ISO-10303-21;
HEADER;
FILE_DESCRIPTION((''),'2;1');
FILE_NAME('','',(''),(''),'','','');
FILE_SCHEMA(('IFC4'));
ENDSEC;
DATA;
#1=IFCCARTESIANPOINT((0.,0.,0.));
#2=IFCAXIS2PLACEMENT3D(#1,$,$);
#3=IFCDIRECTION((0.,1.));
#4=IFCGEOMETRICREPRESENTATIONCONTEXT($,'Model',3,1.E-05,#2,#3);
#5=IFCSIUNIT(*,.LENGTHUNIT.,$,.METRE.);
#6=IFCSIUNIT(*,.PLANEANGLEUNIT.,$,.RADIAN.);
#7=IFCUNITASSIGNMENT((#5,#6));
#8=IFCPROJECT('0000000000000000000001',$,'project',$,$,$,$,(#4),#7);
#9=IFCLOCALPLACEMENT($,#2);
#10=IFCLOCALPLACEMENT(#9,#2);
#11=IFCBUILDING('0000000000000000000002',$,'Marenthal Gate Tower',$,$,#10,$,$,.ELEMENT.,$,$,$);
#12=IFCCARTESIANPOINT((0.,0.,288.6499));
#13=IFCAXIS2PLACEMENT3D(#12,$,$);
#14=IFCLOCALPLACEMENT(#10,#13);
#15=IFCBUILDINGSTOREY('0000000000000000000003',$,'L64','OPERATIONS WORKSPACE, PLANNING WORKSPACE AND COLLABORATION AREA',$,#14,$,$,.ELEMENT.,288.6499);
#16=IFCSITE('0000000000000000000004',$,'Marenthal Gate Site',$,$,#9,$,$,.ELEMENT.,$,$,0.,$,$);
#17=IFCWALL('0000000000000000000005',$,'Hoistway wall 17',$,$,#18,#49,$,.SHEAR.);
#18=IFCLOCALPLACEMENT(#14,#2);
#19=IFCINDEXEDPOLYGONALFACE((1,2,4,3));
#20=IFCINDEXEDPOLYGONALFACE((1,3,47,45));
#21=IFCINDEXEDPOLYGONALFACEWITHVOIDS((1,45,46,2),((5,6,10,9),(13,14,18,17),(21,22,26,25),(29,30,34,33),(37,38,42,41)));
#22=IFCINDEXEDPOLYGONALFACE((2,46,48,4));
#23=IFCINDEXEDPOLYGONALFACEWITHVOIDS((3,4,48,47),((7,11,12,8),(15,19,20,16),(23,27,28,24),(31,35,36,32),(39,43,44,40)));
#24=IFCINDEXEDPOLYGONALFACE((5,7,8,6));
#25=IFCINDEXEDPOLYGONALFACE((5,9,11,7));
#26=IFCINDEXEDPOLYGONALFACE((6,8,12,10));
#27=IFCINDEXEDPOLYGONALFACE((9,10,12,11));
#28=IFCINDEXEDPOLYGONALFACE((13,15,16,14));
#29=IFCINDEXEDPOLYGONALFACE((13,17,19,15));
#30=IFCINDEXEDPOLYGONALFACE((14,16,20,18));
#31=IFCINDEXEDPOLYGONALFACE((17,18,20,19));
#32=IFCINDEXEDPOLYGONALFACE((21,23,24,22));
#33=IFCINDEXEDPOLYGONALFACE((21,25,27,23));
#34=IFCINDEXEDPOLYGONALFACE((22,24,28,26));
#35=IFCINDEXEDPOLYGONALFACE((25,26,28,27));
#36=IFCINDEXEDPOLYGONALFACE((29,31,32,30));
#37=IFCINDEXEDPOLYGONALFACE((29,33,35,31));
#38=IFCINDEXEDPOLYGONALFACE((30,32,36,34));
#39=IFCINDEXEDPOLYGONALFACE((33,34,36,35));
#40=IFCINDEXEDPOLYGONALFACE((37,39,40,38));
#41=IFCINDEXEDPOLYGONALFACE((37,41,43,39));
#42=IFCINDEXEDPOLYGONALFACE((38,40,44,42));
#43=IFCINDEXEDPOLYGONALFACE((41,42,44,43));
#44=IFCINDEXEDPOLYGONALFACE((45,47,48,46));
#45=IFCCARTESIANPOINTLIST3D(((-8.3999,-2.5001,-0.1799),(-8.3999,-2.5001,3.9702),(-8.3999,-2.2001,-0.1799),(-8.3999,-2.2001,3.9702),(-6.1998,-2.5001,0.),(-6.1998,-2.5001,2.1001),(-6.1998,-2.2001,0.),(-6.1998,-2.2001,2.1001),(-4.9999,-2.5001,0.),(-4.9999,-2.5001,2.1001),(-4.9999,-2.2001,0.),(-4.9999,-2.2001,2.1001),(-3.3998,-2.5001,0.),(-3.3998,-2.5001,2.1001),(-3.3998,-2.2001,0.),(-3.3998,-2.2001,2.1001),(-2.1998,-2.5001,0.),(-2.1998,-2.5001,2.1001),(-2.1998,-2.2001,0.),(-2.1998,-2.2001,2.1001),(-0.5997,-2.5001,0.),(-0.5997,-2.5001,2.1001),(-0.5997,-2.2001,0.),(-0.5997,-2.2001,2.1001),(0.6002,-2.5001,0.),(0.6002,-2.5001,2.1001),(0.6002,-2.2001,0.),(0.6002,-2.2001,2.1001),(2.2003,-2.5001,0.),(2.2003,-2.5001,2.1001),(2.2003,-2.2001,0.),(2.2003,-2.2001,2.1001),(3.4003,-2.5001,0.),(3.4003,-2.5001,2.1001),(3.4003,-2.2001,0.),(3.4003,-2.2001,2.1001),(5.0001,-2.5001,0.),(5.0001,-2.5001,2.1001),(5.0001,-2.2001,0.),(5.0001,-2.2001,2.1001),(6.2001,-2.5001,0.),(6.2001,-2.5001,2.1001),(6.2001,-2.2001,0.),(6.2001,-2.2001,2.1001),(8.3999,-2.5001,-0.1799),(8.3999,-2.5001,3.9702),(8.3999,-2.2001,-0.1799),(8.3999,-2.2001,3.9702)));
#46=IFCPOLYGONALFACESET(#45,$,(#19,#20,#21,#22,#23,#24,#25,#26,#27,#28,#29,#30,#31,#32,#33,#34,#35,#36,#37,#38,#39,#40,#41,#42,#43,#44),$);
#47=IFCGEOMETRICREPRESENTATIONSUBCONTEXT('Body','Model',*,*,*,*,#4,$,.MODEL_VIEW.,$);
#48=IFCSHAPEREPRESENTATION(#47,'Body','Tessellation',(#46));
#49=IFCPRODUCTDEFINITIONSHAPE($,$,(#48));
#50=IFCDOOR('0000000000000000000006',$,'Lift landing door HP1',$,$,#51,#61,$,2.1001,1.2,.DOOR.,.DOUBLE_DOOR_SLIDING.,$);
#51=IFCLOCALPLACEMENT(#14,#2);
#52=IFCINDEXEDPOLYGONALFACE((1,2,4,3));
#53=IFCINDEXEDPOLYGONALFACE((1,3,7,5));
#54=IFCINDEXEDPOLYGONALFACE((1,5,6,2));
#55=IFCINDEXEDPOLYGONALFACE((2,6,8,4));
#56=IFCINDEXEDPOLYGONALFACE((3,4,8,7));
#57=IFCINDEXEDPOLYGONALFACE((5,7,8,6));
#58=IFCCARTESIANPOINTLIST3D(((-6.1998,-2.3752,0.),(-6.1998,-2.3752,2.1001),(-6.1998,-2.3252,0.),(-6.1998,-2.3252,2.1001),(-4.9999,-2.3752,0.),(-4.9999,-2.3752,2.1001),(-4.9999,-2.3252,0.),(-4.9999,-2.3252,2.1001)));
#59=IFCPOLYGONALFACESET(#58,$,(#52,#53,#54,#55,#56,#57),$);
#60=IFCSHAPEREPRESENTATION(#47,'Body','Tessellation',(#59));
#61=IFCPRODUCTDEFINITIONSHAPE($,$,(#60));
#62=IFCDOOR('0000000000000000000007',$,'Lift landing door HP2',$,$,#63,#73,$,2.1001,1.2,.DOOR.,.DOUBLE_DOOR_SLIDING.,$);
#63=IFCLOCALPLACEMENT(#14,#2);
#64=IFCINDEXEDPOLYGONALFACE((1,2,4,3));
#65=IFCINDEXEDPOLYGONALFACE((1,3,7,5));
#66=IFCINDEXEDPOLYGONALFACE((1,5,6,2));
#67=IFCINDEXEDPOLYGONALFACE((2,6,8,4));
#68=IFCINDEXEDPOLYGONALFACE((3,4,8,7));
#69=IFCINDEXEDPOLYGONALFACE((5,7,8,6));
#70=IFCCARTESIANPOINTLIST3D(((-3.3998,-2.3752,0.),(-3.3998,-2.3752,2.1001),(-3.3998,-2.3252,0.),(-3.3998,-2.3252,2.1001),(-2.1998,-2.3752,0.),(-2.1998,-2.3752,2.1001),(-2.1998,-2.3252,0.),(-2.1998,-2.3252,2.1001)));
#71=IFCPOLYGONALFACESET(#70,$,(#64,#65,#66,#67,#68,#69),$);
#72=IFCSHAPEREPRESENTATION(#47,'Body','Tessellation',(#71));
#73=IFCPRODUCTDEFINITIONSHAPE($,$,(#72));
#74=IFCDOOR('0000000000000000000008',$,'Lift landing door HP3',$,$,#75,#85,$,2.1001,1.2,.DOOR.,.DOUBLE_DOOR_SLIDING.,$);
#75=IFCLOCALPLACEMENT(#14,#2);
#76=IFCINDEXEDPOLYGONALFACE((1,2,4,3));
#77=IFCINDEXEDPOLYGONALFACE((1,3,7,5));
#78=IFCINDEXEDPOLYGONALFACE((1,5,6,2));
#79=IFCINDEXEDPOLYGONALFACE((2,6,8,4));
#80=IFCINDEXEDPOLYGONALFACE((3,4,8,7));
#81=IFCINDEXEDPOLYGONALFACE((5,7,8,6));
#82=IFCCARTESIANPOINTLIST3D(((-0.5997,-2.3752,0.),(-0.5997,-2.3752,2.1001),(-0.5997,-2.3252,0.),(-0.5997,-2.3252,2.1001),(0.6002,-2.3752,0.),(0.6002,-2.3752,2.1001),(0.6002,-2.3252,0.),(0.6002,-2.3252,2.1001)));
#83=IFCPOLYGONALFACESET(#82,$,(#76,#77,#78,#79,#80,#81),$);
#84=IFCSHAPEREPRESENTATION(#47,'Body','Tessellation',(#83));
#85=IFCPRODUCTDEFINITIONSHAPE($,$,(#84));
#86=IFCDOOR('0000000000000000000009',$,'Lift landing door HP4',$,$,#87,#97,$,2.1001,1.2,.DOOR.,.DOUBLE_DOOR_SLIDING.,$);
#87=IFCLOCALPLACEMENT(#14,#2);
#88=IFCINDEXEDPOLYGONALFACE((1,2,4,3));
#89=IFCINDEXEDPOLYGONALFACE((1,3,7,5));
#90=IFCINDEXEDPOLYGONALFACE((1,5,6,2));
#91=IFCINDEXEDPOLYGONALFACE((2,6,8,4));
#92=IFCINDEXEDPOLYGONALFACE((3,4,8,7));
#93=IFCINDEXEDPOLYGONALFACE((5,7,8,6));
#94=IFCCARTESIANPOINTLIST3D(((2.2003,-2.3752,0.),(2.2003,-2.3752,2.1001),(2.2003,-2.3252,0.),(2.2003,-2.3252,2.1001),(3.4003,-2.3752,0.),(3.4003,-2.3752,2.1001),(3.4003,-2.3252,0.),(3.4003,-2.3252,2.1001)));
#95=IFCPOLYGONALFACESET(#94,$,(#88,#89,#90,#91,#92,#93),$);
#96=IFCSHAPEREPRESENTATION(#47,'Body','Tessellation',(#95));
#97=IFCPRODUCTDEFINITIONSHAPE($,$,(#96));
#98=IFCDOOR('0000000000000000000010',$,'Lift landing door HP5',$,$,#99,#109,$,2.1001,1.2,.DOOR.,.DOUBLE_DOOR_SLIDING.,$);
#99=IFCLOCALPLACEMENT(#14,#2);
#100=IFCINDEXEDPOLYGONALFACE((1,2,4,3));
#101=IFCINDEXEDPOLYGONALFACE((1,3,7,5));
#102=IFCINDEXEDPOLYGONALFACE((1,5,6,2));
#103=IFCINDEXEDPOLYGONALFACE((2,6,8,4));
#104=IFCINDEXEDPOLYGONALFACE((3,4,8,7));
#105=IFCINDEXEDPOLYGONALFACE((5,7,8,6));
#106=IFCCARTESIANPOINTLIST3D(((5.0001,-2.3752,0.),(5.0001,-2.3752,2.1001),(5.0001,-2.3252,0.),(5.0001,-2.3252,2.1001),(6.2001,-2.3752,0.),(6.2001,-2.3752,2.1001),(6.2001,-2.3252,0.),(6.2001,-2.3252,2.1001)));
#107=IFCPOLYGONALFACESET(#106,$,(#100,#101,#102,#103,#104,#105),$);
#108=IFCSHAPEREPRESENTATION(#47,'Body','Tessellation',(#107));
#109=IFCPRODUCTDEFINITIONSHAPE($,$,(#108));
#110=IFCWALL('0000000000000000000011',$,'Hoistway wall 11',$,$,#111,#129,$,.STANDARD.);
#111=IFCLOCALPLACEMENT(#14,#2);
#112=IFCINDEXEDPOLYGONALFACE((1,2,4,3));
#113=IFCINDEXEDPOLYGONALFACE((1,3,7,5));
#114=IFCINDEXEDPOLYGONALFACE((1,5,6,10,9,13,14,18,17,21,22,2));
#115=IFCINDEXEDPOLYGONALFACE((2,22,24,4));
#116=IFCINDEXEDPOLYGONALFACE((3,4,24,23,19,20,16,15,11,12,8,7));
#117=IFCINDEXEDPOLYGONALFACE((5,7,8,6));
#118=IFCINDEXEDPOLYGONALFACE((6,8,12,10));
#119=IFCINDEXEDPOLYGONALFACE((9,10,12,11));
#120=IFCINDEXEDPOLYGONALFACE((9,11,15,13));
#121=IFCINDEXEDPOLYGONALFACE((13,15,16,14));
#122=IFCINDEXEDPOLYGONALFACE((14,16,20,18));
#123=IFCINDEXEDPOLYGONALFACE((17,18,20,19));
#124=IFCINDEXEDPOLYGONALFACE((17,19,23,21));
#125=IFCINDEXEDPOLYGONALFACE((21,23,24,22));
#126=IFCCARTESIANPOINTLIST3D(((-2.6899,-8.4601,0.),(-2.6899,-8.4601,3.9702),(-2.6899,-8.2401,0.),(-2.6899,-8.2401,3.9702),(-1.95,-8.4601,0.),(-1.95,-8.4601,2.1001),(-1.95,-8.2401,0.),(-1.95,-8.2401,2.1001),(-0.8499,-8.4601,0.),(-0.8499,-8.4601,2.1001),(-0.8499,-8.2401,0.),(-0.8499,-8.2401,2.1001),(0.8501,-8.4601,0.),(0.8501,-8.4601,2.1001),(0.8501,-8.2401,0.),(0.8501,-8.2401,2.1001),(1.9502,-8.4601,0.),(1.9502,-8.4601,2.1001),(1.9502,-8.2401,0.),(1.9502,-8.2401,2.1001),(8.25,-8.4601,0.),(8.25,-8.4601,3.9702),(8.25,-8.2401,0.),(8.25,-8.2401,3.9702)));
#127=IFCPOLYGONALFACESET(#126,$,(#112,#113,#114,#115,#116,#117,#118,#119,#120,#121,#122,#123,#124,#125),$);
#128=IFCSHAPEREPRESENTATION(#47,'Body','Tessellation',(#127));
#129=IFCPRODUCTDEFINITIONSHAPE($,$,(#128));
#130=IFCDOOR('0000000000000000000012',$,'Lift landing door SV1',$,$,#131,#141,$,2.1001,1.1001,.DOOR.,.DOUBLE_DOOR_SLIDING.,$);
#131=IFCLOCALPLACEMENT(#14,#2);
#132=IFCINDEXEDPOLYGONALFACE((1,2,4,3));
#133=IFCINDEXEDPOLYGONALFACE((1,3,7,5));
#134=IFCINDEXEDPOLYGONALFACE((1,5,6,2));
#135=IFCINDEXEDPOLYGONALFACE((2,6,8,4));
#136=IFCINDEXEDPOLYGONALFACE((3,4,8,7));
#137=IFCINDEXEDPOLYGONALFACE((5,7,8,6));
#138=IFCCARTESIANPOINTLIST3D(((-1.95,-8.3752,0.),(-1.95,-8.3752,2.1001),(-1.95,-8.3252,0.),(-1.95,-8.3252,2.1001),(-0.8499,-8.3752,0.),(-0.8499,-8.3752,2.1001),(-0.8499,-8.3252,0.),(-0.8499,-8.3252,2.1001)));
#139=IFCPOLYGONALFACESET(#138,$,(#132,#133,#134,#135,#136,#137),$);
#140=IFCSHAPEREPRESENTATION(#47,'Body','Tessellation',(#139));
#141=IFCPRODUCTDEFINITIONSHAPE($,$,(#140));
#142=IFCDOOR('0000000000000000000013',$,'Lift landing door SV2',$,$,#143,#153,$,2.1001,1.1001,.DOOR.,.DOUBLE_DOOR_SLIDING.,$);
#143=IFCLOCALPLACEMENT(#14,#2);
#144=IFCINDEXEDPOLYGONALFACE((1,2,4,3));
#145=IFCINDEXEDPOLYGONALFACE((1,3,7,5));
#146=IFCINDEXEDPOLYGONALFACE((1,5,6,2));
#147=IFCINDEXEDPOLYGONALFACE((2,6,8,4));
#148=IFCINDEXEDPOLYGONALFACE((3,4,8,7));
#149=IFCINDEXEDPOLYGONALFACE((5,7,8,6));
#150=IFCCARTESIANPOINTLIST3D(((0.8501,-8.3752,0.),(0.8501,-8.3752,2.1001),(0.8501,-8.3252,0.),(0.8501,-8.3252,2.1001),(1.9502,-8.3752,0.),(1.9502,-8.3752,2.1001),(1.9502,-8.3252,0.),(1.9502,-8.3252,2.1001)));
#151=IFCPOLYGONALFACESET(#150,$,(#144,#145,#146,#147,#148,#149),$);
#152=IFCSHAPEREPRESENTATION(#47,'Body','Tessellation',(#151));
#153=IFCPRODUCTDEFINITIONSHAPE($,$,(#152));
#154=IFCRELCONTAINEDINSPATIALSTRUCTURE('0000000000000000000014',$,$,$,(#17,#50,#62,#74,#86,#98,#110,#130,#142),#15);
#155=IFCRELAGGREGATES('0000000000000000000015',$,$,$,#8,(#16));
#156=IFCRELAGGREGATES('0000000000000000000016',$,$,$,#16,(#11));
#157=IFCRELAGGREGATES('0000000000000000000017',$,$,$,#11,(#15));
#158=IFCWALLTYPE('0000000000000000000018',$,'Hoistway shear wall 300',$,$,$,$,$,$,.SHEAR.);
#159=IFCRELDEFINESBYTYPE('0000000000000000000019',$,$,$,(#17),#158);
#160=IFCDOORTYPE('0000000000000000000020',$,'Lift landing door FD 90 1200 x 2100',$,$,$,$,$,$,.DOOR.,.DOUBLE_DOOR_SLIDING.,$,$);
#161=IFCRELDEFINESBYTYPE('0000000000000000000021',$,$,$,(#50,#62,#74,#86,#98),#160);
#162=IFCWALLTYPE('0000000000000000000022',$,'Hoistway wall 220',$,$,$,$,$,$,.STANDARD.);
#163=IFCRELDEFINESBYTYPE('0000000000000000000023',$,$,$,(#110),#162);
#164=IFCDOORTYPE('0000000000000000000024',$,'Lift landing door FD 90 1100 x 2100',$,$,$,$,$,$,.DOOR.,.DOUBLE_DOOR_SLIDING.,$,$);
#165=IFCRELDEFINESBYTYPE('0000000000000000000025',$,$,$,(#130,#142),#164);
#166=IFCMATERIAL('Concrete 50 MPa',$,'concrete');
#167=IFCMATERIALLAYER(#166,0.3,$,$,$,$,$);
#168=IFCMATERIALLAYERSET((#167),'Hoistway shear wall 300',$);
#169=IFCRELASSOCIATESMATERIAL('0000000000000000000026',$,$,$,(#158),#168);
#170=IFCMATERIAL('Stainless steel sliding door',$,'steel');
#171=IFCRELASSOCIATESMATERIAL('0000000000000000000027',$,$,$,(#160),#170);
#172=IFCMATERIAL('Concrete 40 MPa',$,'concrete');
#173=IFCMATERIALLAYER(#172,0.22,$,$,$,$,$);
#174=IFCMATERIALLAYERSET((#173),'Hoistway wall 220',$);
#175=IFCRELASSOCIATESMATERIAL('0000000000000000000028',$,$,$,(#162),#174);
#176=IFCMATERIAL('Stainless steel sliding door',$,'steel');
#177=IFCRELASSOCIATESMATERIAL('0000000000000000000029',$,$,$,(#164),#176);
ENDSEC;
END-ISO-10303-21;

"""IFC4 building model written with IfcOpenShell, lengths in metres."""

from ifc_helpers import new_model, si_unit, direction, frame, frame_2d, origin, place, context, subcontext, project, spatial, rectangle, extrude, material, layer, layer_set, type_object, element, fill, save


model = new_model("IFC4")

# Units and contexts
model_context = context("Model", 3, precision=1e-05, world=origin(), true_north=direction((0.0, 1.0)))
body_context = subcontext(model_context, "Body", "Model", "MODEL_VIEW")
ifc_project = project(units=[si_unit("LENGTHUNIT", "METRE"), si_unit("PLANEANGLEUNIT", "RADIAN")], contexts=[model_context])

# Site, building, storey
site_placement = place(None, origin())
site = spatial("IfcSite", under=ifc_project, at=site_placement, Name="Marenthal Gate Site", CompositionType="ELEMENT", RefElevation=0.0)
building_placement = place(site_placement, origin())
building = spatial("IfcBuilding", under=site, at=building_placement, Name="Marenthal Gate Tower", CompositionType="ELEMENT")
storey_placement = place(building_placement, frame((0.0, 0.0, 288.6499)))
storey = spatial("IfcBuildingStorey", under=building, at=storey_placement, Name="L64", Description="OPERATIONS WORKSPACE, PLANNING WORKSPACE AND COLLABORATION AREA", CompositionType="ELEMENT", Elevation=288.6499)

# Walls, openings, doors
ifc_material_1 = material(Name="Concrete 50 MPa", Category="concrete")
ifc_layer_1 = layer(ifc_material_1, 0.3)
ifc_layer_set_1 = layer_set([ifc_layer_1], Name="Hoistway shear wall 300")
wall_type_1 = type_object("IfcWallType", Name="Hoistway shear wall 300", PredefinedType="SHEAR", material=ifc_layer_set_1)
wall_1_placement = place(storey_placement, frame((-8.3999, -2.3501, -0.1799), z_axis=(0.0, 0.0, 1.0), x_axis=(1.0, 0.0, 0.0)))
wall_1 = element("IfcWall", 1, at=wall_1_placement, inside=storey, type_object=wall_type_1, Name="Hoistway wall 17", PredefinedType="SHEAR", context=body_context, shape_type="SweptSolid", body=[
    extrude(rectangle(XDim=16.7998, YDim=0.3, at=frame_2d((8.3999, 0.0))), origin(), (0.0, 0.0, 1.0), 4.1501),
])
opening_1_placement = place(wall_1_placement, frame((2.2, 0.0, 0.1799)))
opening_1 = element("IfcOpeningElement", 2, at=opening_1_placement, cuts=wall_1, PredefinedType="OPENING", context=body_context, shape_type="SweptSolid", body=[
    extrude(rectangle(XDim=1.2, YDim=2.1001, at=frame_2d((0.6001, 1.05))), frame((0.0, 0.1602, 0.0), z_axis=(0.0, -1.0, 0.0), x_axis=(1.0, 0.0, 0.0)), (0.0, 0.0, 1.0), 0.3201),
])
opening_2_placement = place(wall_1_placement, frame((5.0, 0.0, 0.1799)))
opening_2 = element("IfcOpeningElement", 3, at=opening_2_placement, cuts=wall_1, PredefinedType="OPENING", context=body_context, shape_type="SweptSolid", body=[
    extrude(rectangle(XDim=1.2, YDim=2.1001, at=frame_2d((0.6001, 1.05))), frame((0.0, 0.1602, 0.0), z_axis=(0.0, -1.0, 0.0), x_axis=(1.0, 0.0, 0.0)), (0.0, 0.0, 1.0), 0.3201),
])
opening_3_placement = place(wall_1_placement, frame((7.8, 0.0, 0.1799)))
opening_3 = element("IfcOpeningElement", 4, at=opening_3_placement, cuts=wall_1, PredefinedType="OPENING", context=body_context, shape_type="SweptSolid", body=[
    extrude(rectangle(XDim=1.2, YDim=2.1001, at=frame_2d((0.6001, 1.05))), frame((0.0, 0.1602, 0.0), z_axis=(0.0, -1.0, 0.0), x_axis=(1.0, 0.0, 0.0)), (0.0, 0.0, 1.0), 0.3201),
])
opening_4_placement = place(wall_1_placement, frame((10.6001, 0.0, 0.1799)))
opening_4 = element("IfcOpeningElement", 5, at=opening_4_placement, cuts=wall_1, PredefinedType="OPENING", context=body_context, shape_type="SweptSolid", body=[
    extrude(rectangle(XDim=1.2, YDim=2.1001, at=frame_2d((0.6001, 1.05))), frame((0.0, 0.1602, 0.0), z_axis=(0.0, -1.0, 0.0), x_axis=(1.0, 0.0, 0.0)), (0.0, 0.0, 1.0), 0.3201),
])
opening_5_placement = place(wall_1_placement, frame((13.3999, 0.0, 0.1799)))
opening_5 = element("IfcOpeningElement", 6, at=opening_5_placement, cuts=wall_1, PredefinedType="OPENING", context=body_context, shape_type="SweptSolid", body=[
    extrude(rectangle(XDim=1.2, YDim=2.1001, at=frame_2d((0.6001, 1.05))), frame((0.0, 0.1602, 0.0), z_axis=(0.0, -1.0, 0.0), x_axis=(1.0, 0.0, 0.0)), (0.0, 0.0, 1.0), 0.3201),
])
ifc_material_2 = material(Name="Stainless steel sliding door", Category="steel")
door_type_1 = type_object("IfcDoorType", Name="Lift landing door FD 90 1200 x 2100", OperationType="DOUBLE_DOOR_SLIDING", PredefinedType="DOOR", material=ifc_material_2)
door_1_placement = place(opening_1_placement, origin())
door_1 = element("IfcDoor", 7, at=door_1_placement, inside=storey, type_object=door_type_1, Name="Lift landing door HP1", OperationType="DOUBLE_DOOR_SLIDING", OverallHeight=2.1001, OverallWidth=1.2, PredefinedType="DOOR", context=body_context, shape_type="SweptSolid", body=[
    extrude(rectangle(XDim=1.2, YDim=2.1001, at=frame_2d((0.6001, 1.05))), frame((0.0, 0.0249, 0.0), z_axis=(0.0, -1.0, 0.0), x_axis=(1.0, 0.0, 0.0)), (0.0, 0.0, 1.0), 0.05),
])
fill(opening_1, door_1)
door_2_placement = place(opening_2_placement, origin())
door_2 = element("IfcDoor", 8, at=door_2_placement, inside=storey, type_object=door_type_1, Name="Lift landing door HP2", OperationType="DOUBLE_DOOR_SLIDING", OverallHeight=2.1001, OverallWidth=1.2, PredefinedType="DOOR", context=body_context, shape_type="SweptSolid", body=[
    extrude(rectangle(XDim=1.2, YDim=2.1001, at=frame_2d((0.6001, 1.05))), frame((0.0, 0.0249, 0.0), z_axis=(0.0, -1.0, 0.0), x_axis=(1.0, 0.0, 0.0)), (0.0, 0.0, 1.0), 0.05),
])
fill(opening_2, door_2)
door_3_placement = place(opening_3_placement, origin())
door_3 = element("IfcDoor", 9, at=door_3_placement, inside=storey, type_object=door_type_1, Name="Lift landing door HP3", OperationType="DOUBLE_DOOR_SLIDING", OverallHeight=2.1001, OverallWidth=1.2, PredefinedType="DOOR", context=body_context, shape_type="SweptSolid", body=[
    extrude(rectangle(XDim=1.2, YDim=2.1001, at=frame_2d((0.6001, 1.05))), frame((0.0, 0.0249, 0.0), z_axis=(0.0, -1.0, 0.0), x_axis=(1.0, 0.0, 0.0)), (0.0, 0.0, 1.0), 0.05),
])
fill(opening_3, door_3)
door_4_placement = place(opening_4_placement, origin())
door_4 = element("IfcDoor", 10, at=door_4_placement, inside=storey, type_object=door_type_1, Name="Lift landing door HP4", OperationType="DOUBLE_DOOR_SLIDING", OverallHeight=2.1001, OverallWidth=1.2, PredefinedType="DOOR", context=body_context, shape_type="SweptSolid", body=[
    extrude(rectangle(XDim=1.2, YDim=2.1001, at=frame_2d((0.6001, 1.05))), frame((0.0, 0.0249, 0.0), z_axis=(0.0, -1.0, 0.0), x_axis=(1.0, 0.0, 0.0)), (0.0, 0.0, 1.0), 0.05),
])
fill(opening_4, door_4)
door_5_placement = place(opening_5_placement, origin())
door_5 = element("IfcDoor", 11, at=door_5_placement, inside=storey, type_object=door_type_1, Name="Lift landing door HP5", OperationType="DOUBLE_DOOR_SLIDING", OverallHeight=2.1001, OverallWidth=1.2, PredefinedType="DOOR", context=body_context, shape_type="SweptSolid", body=[
    extrude(rectangle(XDim=1.2, YDim=2.1001, at=frame_2d((0.6001, 1.05))), frame((0.0, 0.0249, 0.0), z_axis=(0.0, -1.0, 0.0), x_axis=(1.0, 0.0, 0.0)), (0.0, 0.0, 1.0), 0.05),
])
fill(opening_5, door_5)
ifc_material_3 = material(Name="Concrete 40 MPa", Category="concrete")
ifc_layer_2 = layer(ifc_material_3, 0.22)
ifc_layer_set_2 = layer_set([ifc_layer_2], Name="Hoistway wall 220")
wall_type_2 = type_object("IfcWallType", Name="Hoistway wall 220", PredefinedType="STANDARD", material=ifc_layer_set_2)
wall_2_placement = place(storey_placement, frame((-2.6899, -8.3501, 0.0), z_axis=(0.0, 0.0, 1.0), x_axis=(1.0, 0.0, 0.0)))
wall_2 = element("IfcWall", 12, at=wall_2_placement, inside=storey, type_object=wall_type_2, Name="Hoistway wall 11", PredefinedType="STANDARD", context=body_context, shape_type="SweptSolid", body=[
    extrude(rectangle(XDim=10.9399, YDim=0.22, at=frame_2d((5.47, 0.0))), origin(), (0.0, 0.0, 1.0), 3.9702),
])
opening_6_placement = place(wall_2_placement, frame((0.74, 0.0, 0.0)))
opening_6 = element("IfcOpeningElement", 13, at=opening_6_placement, cuts=wall_2, PredefinedType="OPENING", context=body_context, shape_type="SweptSolid", body=[
    extrude(rectangle(XDim=1.1001, YDim=2.1001, at=frame_2d((0.55, 1.05))), frame((0.0, 0.1201, 0.0), z_axis=(0.0, -1.0, 0.0), x_axis=(1.0, 0.0, 0.0)), (0.0, 0.0, 1.0), 0.24),
])
opening_7_placement = place(wall_2_placement, frame((3.54, 0.0, 0.0)))
opening_7 = element("IfcOpeningElement", 14, at=opening_7_placement, cuts=wall_2, PredefinedType="OPENING", context=body_context, shape_type="SweptSolid", body=[
    extrude(rectangle(XDim=1.1001, YDim=2.1001, at=frame_2d((0.55, 1.05))), frame((0.0, 0.1201, 0.0), z_axis=(0.0, -1.0, 0.0), x_axis=(1.0, 0.0, 0.0)), (0.0, 0.0, 1.0), 0.24),
])
ifc_material_4 = material(Name="Stainless steel sliding door", Category="steel")
door_type_2 = type_object("IfcDoorType", Name="Lift landing door FD 90 1100 x 2100", OperationType="DOUBLE_DOOR_SLIDING", PredefinedType="DOOR", material=ifc_material_4)
door_6_placement = place(opening_6_placement, origin())
door_6 = element("IfcDoor", 15, at=door_6_placement, inside=storey, type_object=door_type_2, Name="Lift landing door SV1", OperationType="DOUBLE_DOOR_SLIDING", OverallHeight=2.1001, OverallWidth=1.1001, PredefinedType="DOOR", context=body_context, shape_type="SweptSolid", body=[
    extrude(rectangle(XDim=1.1001, YDim=2.1001, at=frame_2d((0.55, 1.05))), frame((0.0, 0.0249, 0.0), z_axis=(0.0, -1.0, 0.0), x_axis=(1.0, 0.0, 0.0)), (0.0, 0.0, 1.0), 0.05),
])
fill(opening_6, door_6)
door_7_placement = place(opening_7_placement, origin())
door_7 = element("IfcDoor", 16, at=door_7_placement, inside=storey, type_object=door_type_2, Name="Lift landing door SV2", OperationType="DOUBLE_DOOR_SLIDING", OverallHeight=2.1001, OverallWidth=1.1001, PredefinedType="DOOR", context=body_context, shape_type="SweptSolid", body=[
    extrude(rectangle(XDim=1.1001, YDim=2.1001, at=frame_2d((0.55, 1.05))), frame((0.0, 0.0249, 0.0), z_axis=(0.0, -1.0, 0.0), x_axis=(1.0, 0.0, 0.0)), (0.0, 0.0, 1.0), 0.05),
])
fill(opening_7, door_7)

save(model, "model.ifc")
